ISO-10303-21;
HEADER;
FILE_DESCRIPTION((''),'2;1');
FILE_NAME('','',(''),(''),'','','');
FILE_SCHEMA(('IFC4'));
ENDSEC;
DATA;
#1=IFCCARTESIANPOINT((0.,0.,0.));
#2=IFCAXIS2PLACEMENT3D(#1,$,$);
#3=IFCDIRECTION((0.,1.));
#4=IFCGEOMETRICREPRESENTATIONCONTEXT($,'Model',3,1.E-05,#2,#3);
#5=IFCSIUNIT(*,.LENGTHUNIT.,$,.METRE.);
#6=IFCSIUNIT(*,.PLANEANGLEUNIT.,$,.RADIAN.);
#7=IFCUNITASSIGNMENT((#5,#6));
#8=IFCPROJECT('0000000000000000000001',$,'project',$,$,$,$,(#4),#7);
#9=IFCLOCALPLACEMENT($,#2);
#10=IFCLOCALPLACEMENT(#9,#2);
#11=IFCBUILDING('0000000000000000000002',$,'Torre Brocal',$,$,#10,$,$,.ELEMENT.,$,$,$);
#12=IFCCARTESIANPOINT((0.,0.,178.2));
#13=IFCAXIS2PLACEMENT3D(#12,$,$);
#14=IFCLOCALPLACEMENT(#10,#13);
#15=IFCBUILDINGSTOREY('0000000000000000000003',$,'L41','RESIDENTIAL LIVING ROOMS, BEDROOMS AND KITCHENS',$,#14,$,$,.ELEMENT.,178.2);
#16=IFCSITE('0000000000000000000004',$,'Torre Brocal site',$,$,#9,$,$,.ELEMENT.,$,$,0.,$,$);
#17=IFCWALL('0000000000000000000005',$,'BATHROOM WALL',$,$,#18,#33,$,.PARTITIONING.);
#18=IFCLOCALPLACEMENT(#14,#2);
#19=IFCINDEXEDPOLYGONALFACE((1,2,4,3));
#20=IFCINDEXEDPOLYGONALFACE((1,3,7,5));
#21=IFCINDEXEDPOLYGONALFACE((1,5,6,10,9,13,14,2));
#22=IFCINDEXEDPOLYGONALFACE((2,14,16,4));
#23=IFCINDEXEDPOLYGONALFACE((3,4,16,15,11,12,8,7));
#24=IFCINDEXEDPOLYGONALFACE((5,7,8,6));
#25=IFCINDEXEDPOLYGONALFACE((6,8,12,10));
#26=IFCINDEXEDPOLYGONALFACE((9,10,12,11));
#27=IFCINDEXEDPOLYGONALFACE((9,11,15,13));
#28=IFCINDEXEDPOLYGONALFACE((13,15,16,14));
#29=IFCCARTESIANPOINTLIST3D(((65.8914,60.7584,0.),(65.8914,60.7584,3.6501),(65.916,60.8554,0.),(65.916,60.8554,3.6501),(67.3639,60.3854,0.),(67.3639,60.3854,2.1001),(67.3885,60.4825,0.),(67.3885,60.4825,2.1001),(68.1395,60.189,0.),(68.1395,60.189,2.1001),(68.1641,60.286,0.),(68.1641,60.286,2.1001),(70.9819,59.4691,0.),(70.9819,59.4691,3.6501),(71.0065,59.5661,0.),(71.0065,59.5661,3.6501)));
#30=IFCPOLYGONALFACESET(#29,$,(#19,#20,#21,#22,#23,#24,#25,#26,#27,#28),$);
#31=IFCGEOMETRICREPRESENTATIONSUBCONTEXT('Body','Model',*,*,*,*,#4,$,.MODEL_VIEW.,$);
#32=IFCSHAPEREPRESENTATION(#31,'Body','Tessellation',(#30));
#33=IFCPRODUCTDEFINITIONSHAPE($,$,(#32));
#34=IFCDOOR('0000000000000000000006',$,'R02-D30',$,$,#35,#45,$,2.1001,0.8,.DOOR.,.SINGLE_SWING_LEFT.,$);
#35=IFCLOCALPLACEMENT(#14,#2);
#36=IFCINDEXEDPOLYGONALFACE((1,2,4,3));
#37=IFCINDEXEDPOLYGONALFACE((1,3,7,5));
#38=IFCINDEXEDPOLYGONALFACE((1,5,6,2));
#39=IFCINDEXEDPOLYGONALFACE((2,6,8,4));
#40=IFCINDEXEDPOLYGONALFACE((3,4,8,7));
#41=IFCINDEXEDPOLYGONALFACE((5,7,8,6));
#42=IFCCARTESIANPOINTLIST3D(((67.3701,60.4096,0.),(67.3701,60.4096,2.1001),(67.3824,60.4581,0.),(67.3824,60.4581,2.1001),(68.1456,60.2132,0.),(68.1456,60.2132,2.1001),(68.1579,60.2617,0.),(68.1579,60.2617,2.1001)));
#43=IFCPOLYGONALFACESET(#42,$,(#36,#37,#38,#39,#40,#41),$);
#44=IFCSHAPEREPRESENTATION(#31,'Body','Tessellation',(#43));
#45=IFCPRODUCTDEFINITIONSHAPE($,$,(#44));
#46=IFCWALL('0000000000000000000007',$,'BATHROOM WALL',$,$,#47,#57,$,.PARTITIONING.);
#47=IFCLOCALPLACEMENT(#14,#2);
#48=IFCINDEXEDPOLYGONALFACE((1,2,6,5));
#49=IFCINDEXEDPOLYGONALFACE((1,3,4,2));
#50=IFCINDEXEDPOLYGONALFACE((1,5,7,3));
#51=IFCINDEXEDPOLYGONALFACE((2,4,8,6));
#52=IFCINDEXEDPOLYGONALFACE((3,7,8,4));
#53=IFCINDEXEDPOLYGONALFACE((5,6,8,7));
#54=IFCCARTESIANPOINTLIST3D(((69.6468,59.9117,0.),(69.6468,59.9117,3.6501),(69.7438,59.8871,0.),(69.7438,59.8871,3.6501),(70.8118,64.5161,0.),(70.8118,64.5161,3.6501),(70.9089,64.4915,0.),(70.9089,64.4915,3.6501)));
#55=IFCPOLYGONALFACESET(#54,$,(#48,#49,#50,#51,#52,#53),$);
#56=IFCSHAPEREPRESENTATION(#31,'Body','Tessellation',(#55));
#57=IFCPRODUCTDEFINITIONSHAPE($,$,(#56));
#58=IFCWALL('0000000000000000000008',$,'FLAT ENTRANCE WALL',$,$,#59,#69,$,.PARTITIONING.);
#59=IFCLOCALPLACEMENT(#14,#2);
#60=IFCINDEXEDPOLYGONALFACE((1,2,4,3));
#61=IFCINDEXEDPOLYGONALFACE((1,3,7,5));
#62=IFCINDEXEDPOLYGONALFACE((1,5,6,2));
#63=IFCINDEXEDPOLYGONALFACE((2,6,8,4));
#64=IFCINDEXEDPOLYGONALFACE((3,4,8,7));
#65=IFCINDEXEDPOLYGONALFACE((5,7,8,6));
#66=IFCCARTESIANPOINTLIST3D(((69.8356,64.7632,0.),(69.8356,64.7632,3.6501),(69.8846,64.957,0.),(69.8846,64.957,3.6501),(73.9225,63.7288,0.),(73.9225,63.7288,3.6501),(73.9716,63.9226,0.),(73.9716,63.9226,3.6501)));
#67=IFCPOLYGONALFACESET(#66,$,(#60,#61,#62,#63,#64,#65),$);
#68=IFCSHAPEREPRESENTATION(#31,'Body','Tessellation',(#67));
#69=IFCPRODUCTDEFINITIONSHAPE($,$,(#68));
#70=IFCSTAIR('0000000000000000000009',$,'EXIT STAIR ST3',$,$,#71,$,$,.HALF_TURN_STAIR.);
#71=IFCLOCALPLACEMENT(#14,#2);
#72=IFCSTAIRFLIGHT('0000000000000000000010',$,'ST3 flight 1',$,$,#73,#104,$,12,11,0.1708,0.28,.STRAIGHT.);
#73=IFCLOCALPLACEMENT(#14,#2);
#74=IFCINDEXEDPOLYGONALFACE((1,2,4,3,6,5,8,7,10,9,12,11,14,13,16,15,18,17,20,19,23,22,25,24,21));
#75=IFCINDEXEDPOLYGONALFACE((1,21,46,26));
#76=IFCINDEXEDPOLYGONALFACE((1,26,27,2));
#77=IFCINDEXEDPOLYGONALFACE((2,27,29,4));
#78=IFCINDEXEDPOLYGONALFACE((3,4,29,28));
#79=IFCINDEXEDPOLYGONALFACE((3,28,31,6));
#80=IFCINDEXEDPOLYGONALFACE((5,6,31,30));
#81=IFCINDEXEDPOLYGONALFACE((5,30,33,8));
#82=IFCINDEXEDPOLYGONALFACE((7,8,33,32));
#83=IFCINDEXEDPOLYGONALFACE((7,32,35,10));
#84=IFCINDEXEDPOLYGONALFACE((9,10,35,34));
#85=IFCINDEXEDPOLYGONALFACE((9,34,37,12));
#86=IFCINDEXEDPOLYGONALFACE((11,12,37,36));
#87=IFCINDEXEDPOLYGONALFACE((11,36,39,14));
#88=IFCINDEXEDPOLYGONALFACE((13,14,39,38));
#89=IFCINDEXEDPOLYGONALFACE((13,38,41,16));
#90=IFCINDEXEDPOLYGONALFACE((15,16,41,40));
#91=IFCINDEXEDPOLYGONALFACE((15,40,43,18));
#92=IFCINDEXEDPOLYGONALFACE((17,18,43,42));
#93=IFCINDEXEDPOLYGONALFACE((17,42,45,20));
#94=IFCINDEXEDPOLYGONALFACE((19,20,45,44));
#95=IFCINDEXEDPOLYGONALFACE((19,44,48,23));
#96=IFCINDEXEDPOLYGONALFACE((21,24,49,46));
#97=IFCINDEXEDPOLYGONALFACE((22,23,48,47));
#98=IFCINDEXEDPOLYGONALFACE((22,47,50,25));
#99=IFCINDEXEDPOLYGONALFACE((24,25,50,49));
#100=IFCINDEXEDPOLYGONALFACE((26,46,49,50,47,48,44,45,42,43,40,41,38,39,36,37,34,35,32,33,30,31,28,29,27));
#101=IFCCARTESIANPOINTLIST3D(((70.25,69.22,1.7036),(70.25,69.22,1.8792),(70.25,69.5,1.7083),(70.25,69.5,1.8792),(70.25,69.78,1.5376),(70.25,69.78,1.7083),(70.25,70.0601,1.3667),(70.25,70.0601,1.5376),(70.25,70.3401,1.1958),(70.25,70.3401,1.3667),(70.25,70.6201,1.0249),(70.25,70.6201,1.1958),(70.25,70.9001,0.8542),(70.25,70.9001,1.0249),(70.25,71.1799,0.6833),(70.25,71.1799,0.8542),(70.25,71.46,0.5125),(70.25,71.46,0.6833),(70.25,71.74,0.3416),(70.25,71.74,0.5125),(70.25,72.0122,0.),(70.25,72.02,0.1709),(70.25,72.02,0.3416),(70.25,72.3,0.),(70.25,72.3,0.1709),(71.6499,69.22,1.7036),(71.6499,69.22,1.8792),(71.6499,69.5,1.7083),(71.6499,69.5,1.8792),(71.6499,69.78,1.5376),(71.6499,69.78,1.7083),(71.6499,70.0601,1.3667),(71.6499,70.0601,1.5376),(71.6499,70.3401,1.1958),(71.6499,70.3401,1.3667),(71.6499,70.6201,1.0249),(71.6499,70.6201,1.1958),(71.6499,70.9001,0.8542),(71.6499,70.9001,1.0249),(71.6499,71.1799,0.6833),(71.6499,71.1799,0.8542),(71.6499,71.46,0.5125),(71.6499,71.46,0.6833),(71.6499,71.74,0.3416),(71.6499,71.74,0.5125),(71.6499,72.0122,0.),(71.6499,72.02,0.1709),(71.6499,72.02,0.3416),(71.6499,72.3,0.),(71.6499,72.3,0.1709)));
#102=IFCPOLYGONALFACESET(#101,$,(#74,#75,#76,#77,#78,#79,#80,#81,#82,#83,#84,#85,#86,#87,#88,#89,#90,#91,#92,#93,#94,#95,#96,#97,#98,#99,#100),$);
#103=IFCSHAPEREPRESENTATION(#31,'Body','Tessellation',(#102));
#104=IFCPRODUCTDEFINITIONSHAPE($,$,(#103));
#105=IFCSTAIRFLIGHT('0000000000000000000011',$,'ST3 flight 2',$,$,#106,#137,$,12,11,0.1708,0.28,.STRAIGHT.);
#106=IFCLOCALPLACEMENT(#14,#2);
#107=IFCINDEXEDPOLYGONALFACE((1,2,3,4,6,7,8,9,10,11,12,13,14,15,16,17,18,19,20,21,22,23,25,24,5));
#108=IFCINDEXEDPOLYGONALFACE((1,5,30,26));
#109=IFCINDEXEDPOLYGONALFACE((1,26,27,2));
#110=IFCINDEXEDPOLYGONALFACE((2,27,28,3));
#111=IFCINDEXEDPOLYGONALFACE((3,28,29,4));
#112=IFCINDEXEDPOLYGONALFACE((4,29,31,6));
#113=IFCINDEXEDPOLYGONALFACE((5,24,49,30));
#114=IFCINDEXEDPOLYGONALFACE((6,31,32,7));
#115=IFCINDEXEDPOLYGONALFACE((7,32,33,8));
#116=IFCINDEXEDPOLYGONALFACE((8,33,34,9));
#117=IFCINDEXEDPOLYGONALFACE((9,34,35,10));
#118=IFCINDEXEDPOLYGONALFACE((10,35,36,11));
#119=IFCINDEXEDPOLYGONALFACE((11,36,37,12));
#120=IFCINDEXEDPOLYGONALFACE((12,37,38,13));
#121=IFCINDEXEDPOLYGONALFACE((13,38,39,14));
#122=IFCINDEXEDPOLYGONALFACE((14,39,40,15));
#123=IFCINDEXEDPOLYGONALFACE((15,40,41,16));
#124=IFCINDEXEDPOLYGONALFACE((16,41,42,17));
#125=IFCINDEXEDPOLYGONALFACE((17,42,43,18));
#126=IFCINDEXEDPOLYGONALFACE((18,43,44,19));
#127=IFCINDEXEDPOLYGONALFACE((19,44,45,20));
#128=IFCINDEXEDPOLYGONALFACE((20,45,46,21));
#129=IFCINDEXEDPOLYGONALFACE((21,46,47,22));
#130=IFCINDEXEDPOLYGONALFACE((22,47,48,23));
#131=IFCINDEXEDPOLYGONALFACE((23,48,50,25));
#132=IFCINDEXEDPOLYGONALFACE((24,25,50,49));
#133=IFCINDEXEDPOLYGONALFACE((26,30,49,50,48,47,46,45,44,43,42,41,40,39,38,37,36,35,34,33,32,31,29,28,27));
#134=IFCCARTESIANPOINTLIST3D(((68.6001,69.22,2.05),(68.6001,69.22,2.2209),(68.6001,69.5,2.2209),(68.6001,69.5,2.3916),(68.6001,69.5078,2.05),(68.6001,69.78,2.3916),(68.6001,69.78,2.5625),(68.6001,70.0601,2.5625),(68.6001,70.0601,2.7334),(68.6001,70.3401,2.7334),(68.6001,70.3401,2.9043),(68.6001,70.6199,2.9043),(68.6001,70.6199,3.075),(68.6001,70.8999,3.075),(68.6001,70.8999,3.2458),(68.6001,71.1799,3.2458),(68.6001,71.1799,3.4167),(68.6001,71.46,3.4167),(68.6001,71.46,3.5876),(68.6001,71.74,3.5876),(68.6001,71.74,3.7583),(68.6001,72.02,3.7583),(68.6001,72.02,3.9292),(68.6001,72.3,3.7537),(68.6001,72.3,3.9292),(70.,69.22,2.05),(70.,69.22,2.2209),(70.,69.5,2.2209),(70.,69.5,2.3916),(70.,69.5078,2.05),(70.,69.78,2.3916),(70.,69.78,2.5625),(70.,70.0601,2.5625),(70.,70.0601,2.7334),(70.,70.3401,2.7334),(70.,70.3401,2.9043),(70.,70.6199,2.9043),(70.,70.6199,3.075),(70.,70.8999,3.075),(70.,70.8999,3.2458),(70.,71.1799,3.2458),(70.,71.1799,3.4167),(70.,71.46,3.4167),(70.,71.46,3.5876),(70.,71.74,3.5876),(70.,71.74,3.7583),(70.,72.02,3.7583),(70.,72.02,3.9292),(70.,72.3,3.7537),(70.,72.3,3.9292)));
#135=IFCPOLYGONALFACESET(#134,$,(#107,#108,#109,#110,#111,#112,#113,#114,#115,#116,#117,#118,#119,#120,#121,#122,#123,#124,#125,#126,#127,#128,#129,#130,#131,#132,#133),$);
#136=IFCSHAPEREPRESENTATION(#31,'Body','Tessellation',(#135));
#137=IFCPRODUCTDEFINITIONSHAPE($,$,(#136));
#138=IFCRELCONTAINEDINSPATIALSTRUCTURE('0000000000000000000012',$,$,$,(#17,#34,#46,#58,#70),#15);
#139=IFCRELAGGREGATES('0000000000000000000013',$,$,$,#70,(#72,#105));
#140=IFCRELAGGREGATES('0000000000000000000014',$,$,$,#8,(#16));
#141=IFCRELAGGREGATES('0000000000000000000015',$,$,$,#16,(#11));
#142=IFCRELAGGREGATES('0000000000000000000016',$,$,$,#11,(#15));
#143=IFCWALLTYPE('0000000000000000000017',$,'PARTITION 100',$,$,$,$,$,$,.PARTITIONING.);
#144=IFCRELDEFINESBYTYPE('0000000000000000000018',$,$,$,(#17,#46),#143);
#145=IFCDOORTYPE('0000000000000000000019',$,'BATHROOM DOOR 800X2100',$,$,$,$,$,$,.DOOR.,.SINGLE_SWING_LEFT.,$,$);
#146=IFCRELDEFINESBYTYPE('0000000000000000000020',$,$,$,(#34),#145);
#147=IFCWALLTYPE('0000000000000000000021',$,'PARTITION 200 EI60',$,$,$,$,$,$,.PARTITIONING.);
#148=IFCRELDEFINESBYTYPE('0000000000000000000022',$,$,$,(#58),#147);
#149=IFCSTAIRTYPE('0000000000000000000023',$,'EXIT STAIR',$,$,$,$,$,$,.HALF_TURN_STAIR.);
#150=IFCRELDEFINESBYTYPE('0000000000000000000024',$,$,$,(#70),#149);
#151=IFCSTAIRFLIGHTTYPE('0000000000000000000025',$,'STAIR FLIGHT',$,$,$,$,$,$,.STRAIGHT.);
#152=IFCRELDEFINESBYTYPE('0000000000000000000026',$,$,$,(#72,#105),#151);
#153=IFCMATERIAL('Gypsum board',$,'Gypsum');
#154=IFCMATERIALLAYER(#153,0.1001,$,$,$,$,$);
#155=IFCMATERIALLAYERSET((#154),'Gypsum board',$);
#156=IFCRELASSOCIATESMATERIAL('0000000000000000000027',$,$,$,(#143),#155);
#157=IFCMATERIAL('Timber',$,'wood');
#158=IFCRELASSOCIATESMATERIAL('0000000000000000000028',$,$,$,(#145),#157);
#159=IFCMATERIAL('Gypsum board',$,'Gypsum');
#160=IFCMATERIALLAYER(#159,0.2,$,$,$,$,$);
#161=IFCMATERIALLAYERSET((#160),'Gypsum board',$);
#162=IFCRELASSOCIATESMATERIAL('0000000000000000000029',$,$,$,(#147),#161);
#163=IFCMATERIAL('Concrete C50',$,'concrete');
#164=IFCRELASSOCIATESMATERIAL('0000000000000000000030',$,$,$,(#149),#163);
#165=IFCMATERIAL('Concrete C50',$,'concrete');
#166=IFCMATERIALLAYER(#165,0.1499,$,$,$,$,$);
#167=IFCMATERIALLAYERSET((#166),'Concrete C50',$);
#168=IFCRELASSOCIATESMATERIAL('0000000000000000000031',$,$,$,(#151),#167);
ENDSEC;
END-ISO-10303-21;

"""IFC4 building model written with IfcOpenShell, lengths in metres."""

from ifc_helpers import new_model, si_unit, direction, frame, frame_2d, origin, place, context, subcontext, project, spatial, polyline, rectangle, outline, extrude, material, layer, layer_set, type_object, element, fill, aggregate, save


model = new_model("IFC4")

# Units and contexts
model_context = context("Model", 3, precision=1e-05, world=origin(), true_north=direction((0.0, 1.0)))
body_context = subcontext(model_context, "Body", "Model", "MODEL_VIEW")
ifc_project = project(units=[si_unit("LENGTHUNIT", "METRE"), si_unit("PLANEANGLEUNIT", "RADIAN")], contexts=[model_context])

# Site, building, storey
site_placement = place(None, origin())
site = spatial("IfcSite", under=ifc_project, at=site_placement, Name="Torre Brocal site", CompositionType="ELEMENT", RefElevation=0.0)
building_placement = place(site_placement, origin())
building = spatial("IfcBuilding", under=site, at=building_placement, Name="Torre Brocal", CompositionType="ELEMENT")
storey_placement = place(building_placement, frame((0.0, 0.0, 178.2)))
storey = spatial("IfcBuildingStorey", under=building, at=storey_placement, Name="L41", Description="RESIDENTIAL LIVING ROOMS, BEDROOMS AND KITCHENS", CompositionType="ELEMENT", Elevation=178.2)

# Wall, opening, door
ifc_material_1 = material(Name="Gypsum board", Category="Gypsum")
ifc_layer_1 = layer(ifc_material_1, 0.1001)
ifc_layer_set_1 = layer_set([ifc_layer_1], Name="Gypsum board")
wall_type_1 = type_object("IfcWallType", Name="PARTITION 100", PredefinedType="PARTITIONING", material=ifc_layer_set_1)
wall_1_placement = place(storey_placement, frame((65.9038, 60.8069, 0.0), z_axis=(0.0, 0.0, 1.0), x_axis=(0.969391, -0.245521, 0.0)))
wall_1 = element("IfcWall", 1, at=wall_1_placement, inside=storey, type_object=wall_type_1, Name="BATHROOM WALL", PredefinedType="PARTITIONING", context=body_context, shape_type="SweptSolid", body=[
    extrude(rectangle(XDim=5.2512, YDim=0.1001, at=frame_2d((2.6255, 0.0))), origin(), (0.0, 0.0, 1.0), 3.6501),
])
opening_1_placement = place(wall_1_placement, frame((1.519, 0.0, 0.0)))
opening_1 = element("IfcOpeningElement", 2, at=opening_1_placement, cuts=wall_1, PredefinedType="OPENING", context=body_context, shape_type="SweptSolid", body=[
    extrude(rectangle(XDim=0.8, YDim=2.1001, at=frame_2d((0.3999, 1.05))), frame((0.0, 0.0601, 0.0), z_axis=(0.0, -1.0, 0.0), x_axis=(1.0, 0.0, 0.0)), (0.0, 0.0, 1.0), 0.1201),
])
ifc_material_2 = material(Name="Timber", Category="wood")
door_type_1 = type_object("IfcDoorType", Name="BATHROOM DOOR 800X2100", OperationType="SINGLE_SWING_LEFT", PredefinedType="DOOR", material=ifc_material_2)
door_1_placement = place(opening_1_placement, origin())
door_1 = element("IfcDoor", 3, at=door_1_placement, inside=storey, type_object=door_type_1, Name="R02-D30", OperationType="SINGLE_SWING_LEFT", OverallHeight=2.1001, OverallWidth=0.8, PredefinedType="DOOR", context=body_context, shape_type="SweptSolid", body=[
    extrude(rectangle(XDim=0.8, YDim=2.1001, at=frame_2d((0.3999, 1.05))), frame((0.0, 0.0249, 0.0), z_axis=(0.0, -1.0, 0.0), x_axis=(1.0, 0.0, 0.0)), (0.0, 0.0, 1.0), 0.05),
])
fill(opening_1, door_1)

# Walls
wall_2_placement = place(storey_placement, frame((69.6953, 59.8994, 0.0), z_axis=(0.0, 0.0, 1.0), x_axis=(0.245292, 0.969449, 0.0)))
element("IfcWall", 4, at=wall_2_placement, inside=storey, type_object=wall_type_1, Name="BATHROOM WALL", PredefinedType="PARTITIONING", context=body_context, shape_type="SweptSolid", body=[
    extrude(rectangle(XDim=4.7495, YDim=0.1001, at=frame_2d((2.3748, 0.0))), origin(), (0.0, 0.0, 1.0), 3.6501),
])
ifc_material_3 = material(Name="Gypsum board", Category="Gypsum")
ifc_layer_2 = layer(ifc_material_3, 0.2)
ifc_layer_set_2 = layer_set([ifc_layer_2], Name="Gypsum board")
wall_type_2 = type_object("IfcWallType", Name="PARTITION 200 EI60", PredefinedType="PARTITIONING", material=ifc_layer_set_2)
wall_3_placement = place(storey_placement, frame((69.8601, 64.8601, 0.0), z_axis=(0.0, 0.0, 1.0), x_axis=(0.96943, -0.245369, 0.0)))
element("IfcWall", 5, at=wall_3_placement, inside=storey, type_object=wall_type_2, Name="FLAT ENTRANCE WALL", PredefinedType="PARTITIONING", context=body_context, shape_type="SweptSolid", body=[
    extrude(rectangle(XDim=4.2158, YDim=0.2, at=frame_2d((2.1079, 0.0))), origin(), (0.0, 0.0, 1.0), 3.6501),
])

# Stair, stair flights
ifc_material_4 = material(Name="Concrete C50", Category="concrete")
stair_type = type_object("IfcStairType", Name="EXIT STAIR", PredefinedType="HALF_TURN_STAIR", material=ifc_material_4)
stair_placement = place(storey_placement, origin())
stair = element("IfcStair", 6, at=stair_placement, inside=storey, type_object=stair_type, Name="EXIT STAIR ST3", PredefinedType="HALF_TURN_STAIR")
ifc_material_5 = material(Name="Concrete C50", Category="concrete")
ifc_layer_3 = layer(ifc_material_5, 0.1499)
ifc_layer_set_3 = layer_set([ifc_layer_3], Name="Concrete C50")
stair_flight_type = type_object("IfcStairFlightType", Name="STAIR FLIGHT", PredefinedType="STRAIGHT", material=ifc_layer_set_3)
stair_flight_1_placement = place(storey_placement, frame((70.95, 72.3, 0.0), z_axis=(0.0, 0.0, 1.0), x_axis=(0.0, -1.0, 0.0)))
stair_flight_1 = element("IfcStairFlight", 7, at=stair_flight_1_placement, type_object=stair_flight_type, Name="ST3 flight 1", NumberOfRisers=12, NumberOfTreads=11, PredefinedType="STRAIGHT", RiserHeight=0.1708, TreadLength=0.28, context=body_context, shape_type="SweptSolid", body=[
    extrude(outline(polyline([(0.0, 0.0), (0.0, 0.1709), (0.28, 0.1709), (0.28, 0.3416), (0.5601, 0.3416), (0.5601, 0.5125), (0.8401, 0.5125), (0.8401, 0.6833), (1.1201, 0.6833), (1.1201, 0.8542), (1.3999, 0.8542), (1.3999, 1.0249), (1.6799, 1.0249), (1.6799, 1.1958), (1.96, 1.1958), (1.96, 1.3667), (2.24, 1.3667), (2.24, 1.5376), (2.52, 1.5376), (2.52, 1.7083), (2.8, 1.7083), (2.8, 1.8792), (3.0801, 1.8792), (3.0801, 2.05), (3.0801, 1.7036), (0.2878, 0.0), (0.0, 0.0)])), frame((0.0, 0.7, 0.0), z_axis=(0.0, -1.0, 0.0), x_axis=(1.0, 0.0, 0.0)), (0.0, 0.0, 1.0), 1.3999),
])
stair_flight_2_placement = place(storey_placement, frame((69.3, 69.22, 2.05), z_axis=(0.0, 0.0, 1.0), x_axis=(0.0, 1.0, 0.0)))
stair_flight_2 = element("IfcStairFlight", 8, at=stair_flight_2_placement, type_object=stair_flight_type, Name="ST3 flight 2", NumberOfRisers=12, NumberOfTreads=11, PredefinedType="STRAIGHT", RiserHeight=0.1708, TreadLength=0.28, context=body_context, shape_type="SweptSolid", body=[
    extrude(outline(polyline([(0.0, 0.0), (0.0, 0.1709), (0.28, 0.1709), (0.28, 0.3416), (0.5601, 0.3416), (0.5601, 0.5125), (0.8401, 0.5125), (0.8401, 0.6833), (1.1201, 0.6833), (1.1201, 0.8542), (1.3999, 0.8542), (1.3999, 1.0249), (1.6799, 1.0249), (1.6799, 1.1958), (1.96, 1.1958), (1.96, 1.3667), (2.24, 1.3667), (2.24, 1.5376), (2.52, 1.5376), (2.52, 1.7083), (2.8, 1.7083), (2.8, 1.8792), (3.0801, 1.8792), (3.0801, 2.05), (3.0801, 1.7036), (0.2878, 0.0), (0.0, 0.0)])), frame((0.0, 0.7, 0.0), z_axis=(0.0, -1.0, 0.0), x_axis=(1.0, 0.0, 0.0)), (0.0, 0.0, 1.0), 1.3999),
])
aggregate(stair, [stair_flight_1, stair_flight_2])

save(model, "model.ifc")
